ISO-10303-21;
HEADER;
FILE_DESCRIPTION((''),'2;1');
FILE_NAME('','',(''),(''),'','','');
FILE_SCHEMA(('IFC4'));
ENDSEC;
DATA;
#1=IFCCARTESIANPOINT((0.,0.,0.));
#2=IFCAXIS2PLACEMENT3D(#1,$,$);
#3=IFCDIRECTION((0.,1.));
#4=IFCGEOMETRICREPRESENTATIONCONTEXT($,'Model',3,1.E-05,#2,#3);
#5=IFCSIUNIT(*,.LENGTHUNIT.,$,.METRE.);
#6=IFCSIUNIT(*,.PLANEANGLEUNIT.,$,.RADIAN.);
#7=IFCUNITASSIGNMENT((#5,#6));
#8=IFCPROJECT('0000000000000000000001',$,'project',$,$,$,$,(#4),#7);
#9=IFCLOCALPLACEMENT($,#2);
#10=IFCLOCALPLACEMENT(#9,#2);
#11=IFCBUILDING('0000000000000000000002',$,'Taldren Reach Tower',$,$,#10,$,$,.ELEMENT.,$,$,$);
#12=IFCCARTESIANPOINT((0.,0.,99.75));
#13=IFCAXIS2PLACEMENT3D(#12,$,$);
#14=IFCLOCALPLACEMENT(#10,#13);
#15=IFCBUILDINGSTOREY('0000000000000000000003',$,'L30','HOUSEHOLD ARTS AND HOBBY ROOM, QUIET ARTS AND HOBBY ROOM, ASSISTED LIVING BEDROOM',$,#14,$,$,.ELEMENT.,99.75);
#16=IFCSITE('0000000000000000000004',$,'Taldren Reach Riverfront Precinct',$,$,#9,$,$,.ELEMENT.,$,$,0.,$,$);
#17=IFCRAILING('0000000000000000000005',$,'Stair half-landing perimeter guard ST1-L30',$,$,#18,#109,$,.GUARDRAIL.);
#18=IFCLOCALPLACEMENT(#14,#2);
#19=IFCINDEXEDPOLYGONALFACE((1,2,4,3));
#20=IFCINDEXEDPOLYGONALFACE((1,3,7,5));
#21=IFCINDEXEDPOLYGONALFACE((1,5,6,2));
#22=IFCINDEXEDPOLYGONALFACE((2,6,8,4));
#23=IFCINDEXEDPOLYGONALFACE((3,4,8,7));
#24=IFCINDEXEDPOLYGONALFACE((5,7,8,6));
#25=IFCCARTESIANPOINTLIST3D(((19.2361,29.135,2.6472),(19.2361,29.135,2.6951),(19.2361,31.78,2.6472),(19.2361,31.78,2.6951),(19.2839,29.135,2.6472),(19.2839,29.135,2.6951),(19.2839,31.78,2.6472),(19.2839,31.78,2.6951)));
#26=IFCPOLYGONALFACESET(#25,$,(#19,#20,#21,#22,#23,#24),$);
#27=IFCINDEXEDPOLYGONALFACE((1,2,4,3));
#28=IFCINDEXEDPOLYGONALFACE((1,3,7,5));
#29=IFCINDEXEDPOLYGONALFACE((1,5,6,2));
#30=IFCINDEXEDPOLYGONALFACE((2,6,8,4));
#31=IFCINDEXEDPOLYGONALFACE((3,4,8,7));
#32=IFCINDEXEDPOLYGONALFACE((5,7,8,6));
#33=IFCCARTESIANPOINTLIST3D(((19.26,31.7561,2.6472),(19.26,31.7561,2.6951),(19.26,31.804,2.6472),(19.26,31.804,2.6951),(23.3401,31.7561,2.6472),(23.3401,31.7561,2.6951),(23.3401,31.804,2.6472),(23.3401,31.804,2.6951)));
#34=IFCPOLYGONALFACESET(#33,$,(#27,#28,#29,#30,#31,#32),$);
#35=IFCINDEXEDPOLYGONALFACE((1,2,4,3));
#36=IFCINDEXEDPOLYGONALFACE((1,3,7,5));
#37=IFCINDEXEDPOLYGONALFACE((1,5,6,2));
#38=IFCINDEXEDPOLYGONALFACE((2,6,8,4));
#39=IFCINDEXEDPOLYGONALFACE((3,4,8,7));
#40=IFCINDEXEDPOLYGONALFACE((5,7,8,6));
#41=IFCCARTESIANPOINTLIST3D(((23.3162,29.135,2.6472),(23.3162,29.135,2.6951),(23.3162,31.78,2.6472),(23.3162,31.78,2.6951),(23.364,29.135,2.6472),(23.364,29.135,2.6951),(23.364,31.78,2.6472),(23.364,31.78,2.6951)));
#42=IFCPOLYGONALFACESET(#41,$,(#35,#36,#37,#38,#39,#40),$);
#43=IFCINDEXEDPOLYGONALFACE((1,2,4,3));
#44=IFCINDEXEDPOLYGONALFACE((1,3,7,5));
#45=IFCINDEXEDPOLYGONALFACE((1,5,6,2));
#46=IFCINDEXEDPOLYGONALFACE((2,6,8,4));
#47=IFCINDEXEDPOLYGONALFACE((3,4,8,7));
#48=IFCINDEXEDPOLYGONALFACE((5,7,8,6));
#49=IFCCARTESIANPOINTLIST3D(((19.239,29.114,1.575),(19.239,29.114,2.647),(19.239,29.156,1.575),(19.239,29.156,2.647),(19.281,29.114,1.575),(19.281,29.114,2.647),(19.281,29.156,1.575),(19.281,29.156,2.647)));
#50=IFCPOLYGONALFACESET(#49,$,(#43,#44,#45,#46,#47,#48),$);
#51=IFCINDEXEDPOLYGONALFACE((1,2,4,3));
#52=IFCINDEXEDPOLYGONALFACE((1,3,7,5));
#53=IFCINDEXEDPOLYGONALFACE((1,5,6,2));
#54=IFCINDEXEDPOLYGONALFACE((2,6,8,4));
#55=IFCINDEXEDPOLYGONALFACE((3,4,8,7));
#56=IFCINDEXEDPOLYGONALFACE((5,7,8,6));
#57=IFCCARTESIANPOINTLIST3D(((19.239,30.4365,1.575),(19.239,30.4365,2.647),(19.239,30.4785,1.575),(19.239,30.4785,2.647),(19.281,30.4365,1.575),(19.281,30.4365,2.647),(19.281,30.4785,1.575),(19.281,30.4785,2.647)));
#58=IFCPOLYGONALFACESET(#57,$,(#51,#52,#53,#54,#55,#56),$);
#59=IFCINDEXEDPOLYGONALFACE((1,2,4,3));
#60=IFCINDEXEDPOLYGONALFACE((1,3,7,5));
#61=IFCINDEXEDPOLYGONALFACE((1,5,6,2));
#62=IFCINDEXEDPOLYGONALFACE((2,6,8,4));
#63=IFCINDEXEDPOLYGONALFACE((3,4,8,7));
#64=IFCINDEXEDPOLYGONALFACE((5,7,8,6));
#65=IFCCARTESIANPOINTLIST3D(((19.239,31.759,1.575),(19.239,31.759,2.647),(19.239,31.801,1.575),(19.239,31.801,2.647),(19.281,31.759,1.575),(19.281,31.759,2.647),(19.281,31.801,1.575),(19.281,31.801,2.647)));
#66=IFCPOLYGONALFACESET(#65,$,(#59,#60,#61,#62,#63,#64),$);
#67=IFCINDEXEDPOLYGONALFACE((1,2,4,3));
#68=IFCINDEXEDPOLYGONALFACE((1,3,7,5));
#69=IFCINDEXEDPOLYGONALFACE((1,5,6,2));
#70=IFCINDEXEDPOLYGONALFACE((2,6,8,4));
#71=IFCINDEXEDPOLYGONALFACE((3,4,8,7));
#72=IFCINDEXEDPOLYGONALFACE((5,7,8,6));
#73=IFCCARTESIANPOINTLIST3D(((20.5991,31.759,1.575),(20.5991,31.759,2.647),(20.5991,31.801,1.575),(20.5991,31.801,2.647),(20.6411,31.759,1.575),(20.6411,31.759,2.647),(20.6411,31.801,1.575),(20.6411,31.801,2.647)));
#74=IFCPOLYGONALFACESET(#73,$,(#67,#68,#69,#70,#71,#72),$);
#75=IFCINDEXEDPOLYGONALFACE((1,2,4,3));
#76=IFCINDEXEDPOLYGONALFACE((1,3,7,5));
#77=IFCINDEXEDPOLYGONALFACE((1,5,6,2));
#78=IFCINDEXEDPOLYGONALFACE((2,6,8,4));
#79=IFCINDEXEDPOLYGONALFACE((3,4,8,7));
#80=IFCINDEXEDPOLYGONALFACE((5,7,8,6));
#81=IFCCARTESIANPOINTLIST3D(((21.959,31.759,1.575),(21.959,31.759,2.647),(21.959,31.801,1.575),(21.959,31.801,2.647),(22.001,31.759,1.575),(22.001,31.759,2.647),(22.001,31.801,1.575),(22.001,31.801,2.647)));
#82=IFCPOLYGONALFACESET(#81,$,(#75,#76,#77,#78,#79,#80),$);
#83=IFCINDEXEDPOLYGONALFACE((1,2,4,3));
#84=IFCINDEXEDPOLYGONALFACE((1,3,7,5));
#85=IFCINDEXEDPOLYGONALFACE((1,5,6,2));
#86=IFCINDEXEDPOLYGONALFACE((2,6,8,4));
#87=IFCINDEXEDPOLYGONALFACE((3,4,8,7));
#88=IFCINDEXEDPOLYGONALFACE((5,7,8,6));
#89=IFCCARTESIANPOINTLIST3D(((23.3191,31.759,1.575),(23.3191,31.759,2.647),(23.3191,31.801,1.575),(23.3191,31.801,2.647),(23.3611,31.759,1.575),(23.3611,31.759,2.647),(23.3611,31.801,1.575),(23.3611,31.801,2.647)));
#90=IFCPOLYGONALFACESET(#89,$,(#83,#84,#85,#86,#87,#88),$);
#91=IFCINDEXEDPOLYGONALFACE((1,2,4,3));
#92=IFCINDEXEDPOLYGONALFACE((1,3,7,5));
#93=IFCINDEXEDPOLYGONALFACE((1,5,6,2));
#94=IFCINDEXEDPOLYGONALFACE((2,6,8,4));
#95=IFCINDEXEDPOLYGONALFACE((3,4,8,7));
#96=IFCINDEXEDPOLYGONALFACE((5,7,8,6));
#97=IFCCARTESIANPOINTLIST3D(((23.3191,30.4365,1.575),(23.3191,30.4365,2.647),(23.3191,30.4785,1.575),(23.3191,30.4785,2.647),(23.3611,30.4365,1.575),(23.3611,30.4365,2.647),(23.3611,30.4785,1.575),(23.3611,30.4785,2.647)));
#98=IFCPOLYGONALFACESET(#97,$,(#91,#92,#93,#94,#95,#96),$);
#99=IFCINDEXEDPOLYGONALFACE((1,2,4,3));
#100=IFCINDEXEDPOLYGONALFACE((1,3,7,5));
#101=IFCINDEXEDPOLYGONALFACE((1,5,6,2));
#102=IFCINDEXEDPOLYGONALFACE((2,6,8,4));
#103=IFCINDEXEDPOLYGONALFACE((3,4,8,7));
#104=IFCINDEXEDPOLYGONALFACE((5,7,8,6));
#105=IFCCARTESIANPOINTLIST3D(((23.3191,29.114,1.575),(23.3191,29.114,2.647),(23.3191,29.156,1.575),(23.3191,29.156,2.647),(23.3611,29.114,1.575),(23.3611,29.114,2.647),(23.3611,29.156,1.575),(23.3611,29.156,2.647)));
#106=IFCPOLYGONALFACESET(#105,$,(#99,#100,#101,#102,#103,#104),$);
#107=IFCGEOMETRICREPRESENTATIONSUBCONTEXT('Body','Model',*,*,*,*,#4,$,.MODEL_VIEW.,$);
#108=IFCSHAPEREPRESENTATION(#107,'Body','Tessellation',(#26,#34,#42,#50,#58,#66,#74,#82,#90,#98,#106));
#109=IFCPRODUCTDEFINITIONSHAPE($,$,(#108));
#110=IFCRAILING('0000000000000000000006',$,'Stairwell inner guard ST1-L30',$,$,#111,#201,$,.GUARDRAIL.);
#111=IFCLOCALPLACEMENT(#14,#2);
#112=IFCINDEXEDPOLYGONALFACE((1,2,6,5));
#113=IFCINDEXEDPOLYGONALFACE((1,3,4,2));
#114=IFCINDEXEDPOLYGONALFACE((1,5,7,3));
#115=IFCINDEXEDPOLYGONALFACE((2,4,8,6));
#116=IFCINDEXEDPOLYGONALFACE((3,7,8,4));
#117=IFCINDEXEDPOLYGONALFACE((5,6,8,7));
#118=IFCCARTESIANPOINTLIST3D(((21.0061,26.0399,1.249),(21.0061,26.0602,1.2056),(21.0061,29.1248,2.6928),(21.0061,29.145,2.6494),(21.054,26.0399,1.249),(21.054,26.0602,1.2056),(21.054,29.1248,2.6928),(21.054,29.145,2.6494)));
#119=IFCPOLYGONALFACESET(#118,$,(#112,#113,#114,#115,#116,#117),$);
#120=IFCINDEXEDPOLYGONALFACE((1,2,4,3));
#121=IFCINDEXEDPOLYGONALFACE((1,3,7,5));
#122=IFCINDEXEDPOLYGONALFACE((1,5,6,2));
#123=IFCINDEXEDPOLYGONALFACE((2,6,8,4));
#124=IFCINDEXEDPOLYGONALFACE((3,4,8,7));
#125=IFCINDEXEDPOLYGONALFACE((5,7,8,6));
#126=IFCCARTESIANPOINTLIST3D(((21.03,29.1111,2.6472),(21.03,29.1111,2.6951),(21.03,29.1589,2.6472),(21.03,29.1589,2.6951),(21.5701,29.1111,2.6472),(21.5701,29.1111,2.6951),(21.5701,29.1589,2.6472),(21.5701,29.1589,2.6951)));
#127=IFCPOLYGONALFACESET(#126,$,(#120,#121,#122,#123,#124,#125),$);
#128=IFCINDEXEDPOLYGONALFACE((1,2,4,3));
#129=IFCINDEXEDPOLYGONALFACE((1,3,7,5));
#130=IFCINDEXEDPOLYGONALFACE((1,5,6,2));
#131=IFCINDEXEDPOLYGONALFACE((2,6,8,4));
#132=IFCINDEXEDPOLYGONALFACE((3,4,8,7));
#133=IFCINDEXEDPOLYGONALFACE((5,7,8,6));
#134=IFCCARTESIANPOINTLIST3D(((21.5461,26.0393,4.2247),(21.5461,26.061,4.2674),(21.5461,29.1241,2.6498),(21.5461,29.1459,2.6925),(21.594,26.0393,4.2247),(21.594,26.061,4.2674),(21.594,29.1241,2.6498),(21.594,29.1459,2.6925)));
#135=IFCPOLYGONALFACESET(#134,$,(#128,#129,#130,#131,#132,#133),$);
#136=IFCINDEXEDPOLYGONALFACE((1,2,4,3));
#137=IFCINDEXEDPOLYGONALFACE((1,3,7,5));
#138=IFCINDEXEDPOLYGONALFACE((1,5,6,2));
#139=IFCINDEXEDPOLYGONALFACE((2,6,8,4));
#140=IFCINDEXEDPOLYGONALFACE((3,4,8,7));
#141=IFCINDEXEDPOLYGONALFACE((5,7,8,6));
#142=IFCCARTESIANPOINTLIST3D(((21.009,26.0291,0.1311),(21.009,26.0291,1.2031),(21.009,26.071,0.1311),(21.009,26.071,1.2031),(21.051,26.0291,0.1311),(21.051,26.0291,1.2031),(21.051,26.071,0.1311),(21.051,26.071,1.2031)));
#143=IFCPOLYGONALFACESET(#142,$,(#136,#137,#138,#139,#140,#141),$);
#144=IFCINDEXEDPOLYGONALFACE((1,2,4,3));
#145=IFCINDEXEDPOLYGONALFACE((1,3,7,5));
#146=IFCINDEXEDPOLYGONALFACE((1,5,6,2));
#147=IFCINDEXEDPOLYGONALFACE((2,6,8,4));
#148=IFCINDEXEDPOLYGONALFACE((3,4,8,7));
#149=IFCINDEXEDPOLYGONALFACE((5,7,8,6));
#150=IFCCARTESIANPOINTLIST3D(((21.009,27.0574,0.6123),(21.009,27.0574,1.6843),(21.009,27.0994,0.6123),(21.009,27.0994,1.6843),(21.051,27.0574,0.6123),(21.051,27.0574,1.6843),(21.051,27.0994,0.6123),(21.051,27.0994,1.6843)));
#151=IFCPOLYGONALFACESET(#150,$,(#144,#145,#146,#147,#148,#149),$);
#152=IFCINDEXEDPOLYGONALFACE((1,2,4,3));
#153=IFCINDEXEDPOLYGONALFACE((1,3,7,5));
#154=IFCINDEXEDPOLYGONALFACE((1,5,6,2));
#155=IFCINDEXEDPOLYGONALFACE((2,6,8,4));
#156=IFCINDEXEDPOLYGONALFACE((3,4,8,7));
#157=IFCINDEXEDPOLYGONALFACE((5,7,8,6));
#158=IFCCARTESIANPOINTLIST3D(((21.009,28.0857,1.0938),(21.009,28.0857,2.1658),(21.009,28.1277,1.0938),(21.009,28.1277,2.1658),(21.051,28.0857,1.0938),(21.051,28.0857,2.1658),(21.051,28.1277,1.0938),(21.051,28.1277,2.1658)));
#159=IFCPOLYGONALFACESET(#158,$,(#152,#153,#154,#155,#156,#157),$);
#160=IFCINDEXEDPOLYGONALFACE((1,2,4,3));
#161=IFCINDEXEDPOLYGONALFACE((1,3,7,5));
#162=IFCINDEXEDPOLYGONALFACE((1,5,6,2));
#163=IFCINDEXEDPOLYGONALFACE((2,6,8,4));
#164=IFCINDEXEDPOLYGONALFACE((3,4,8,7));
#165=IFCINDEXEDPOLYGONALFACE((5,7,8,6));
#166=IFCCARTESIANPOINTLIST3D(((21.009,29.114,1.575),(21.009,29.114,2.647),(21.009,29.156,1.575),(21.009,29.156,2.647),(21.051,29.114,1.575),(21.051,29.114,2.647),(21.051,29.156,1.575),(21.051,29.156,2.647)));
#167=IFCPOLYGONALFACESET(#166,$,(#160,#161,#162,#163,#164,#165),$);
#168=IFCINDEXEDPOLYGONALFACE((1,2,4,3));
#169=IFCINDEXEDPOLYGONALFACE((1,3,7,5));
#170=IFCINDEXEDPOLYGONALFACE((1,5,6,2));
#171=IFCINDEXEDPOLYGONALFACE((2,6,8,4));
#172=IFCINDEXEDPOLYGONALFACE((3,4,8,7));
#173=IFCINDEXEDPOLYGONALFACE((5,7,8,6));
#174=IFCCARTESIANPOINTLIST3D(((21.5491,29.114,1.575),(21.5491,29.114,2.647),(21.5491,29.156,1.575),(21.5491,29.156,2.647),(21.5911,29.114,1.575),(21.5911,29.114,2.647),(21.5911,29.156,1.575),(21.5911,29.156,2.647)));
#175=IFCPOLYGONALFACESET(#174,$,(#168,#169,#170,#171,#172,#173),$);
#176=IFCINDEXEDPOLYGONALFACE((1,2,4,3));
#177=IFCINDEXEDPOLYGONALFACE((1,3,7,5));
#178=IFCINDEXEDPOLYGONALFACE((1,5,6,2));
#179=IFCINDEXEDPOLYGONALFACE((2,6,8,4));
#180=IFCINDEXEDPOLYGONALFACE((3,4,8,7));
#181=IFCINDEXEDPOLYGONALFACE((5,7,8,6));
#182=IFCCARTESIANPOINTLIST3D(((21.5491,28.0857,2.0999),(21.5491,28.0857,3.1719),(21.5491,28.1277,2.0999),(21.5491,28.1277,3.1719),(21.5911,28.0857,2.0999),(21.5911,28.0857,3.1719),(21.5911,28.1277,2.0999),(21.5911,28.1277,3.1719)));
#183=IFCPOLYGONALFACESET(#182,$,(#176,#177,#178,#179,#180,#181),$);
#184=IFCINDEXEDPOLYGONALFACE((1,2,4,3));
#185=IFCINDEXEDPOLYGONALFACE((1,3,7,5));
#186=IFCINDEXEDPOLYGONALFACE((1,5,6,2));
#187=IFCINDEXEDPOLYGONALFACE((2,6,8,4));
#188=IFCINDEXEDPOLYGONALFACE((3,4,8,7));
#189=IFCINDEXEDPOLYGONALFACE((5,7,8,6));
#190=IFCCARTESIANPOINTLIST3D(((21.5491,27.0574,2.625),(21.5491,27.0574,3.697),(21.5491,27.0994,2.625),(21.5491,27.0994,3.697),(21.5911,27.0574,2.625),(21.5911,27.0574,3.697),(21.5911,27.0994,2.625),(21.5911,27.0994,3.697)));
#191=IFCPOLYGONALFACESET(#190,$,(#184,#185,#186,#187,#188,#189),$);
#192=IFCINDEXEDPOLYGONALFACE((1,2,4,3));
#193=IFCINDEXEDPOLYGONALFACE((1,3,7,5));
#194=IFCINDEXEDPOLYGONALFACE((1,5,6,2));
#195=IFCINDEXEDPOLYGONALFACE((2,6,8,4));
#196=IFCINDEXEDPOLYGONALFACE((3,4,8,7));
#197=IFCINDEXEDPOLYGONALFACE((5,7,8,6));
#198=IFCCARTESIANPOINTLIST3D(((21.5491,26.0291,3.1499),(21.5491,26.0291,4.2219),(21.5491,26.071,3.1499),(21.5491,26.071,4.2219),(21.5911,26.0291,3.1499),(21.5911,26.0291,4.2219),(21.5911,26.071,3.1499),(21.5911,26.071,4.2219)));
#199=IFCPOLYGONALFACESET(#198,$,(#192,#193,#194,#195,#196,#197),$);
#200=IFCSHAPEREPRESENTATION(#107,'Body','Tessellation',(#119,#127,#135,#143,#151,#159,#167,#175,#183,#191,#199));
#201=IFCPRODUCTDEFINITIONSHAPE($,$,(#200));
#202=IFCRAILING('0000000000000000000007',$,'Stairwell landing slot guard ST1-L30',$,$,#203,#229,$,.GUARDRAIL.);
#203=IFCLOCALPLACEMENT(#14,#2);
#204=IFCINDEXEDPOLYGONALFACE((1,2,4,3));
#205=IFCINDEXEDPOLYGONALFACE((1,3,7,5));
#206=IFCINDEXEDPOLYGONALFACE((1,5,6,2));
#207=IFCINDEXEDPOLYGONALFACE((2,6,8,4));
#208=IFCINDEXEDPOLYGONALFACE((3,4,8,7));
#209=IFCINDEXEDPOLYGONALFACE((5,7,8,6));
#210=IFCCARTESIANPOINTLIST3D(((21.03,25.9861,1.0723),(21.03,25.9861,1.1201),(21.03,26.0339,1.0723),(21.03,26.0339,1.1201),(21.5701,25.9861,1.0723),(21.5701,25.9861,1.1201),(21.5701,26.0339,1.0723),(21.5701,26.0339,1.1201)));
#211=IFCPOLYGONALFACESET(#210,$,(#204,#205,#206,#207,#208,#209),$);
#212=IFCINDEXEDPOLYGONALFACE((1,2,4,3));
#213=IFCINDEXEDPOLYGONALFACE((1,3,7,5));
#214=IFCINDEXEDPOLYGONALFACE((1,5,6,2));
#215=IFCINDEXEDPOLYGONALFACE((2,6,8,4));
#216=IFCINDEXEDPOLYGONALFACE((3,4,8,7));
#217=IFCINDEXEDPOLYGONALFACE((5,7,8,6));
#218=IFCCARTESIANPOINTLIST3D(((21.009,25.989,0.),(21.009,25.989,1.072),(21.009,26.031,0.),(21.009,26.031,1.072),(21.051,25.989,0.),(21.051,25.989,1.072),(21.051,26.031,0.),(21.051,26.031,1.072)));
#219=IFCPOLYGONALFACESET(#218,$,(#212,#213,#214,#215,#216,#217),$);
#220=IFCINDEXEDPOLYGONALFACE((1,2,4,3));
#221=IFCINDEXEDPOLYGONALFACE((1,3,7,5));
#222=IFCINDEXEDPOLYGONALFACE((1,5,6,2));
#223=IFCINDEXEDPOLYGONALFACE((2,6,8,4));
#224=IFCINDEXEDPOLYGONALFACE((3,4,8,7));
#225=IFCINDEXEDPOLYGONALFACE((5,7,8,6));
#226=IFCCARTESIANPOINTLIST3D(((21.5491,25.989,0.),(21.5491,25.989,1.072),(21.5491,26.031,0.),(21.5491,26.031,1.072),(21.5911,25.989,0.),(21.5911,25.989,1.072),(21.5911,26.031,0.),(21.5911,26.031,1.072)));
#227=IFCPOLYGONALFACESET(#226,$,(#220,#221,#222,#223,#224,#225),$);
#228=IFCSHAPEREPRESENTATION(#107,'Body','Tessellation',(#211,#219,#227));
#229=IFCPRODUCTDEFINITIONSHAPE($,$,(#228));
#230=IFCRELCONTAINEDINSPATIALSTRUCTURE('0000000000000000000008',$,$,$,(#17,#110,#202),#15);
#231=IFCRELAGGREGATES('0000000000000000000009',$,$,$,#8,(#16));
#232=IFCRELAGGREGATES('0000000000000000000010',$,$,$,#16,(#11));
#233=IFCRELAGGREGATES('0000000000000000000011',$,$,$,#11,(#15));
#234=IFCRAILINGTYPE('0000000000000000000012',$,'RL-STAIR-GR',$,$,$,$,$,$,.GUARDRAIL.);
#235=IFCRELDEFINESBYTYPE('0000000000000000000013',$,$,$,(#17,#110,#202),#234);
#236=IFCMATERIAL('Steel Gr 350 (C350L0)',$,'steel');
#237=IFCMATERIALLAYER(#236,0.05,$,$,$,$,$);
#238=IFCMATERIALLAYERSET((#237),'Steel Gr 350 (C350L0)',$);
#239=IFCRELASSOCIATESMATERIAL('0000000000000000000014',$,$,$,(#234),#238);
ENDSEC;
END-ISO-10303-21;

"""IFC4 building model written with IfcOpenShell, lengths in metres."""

from ifc_helpers import new_model, si_unit, direction, frame, origin, origin_2d, place, context, subcontext, project, spatial, rectangle, extrude, material, layer, layer_set, type_object, element, save


model = new_model("IFC4")

# Units and contexts
model_context = context("Model", 3, precision=1e-05, world=origin(), true_north=direction((0.0, 1.0)))
body_context = subcontext(model_context, "Body", "Model", "MODEL_VIEW")
ifc_project = project(units=[si_unit("LENGTHUNIT", "METRE"), si_unit("PLANEANGLEUNIT", "RADIAN")], contexts=[model_context])

# Site, building, storey
site_placement = place(None, origin())
site = spatial("IfcSite", under=ifc_project, at=site_placement, Name="Taldren Reach Riverfront Precinct", CompositionType="ELEMENT", RefElevation=0.0)
building_placement = place(site_placement, origin())
building = spatial("IfcBuilding", under=site, at=building_placement, Name="Taldren Reach Tower", CompositionType="ELEMENT")
storey_placement = place(building_placement, frame((0.0, 0.0, 99.75)))
storey = spatial("IfcBuildingStorey", under=building, at=storey_placement, Name="L30", Description="HOUSEHOLD ARTS AND HOBBY ROOM, QUIET ARTS AND HOBBY ROOM, ASSISTED LIVING BEDROOM", CompositionType="ELEMENT", Elevation=99.75)

# Shared definitions
ifc_material_1 = material(Name="Steel Gr 350 (C350L0)", Category="steel")

# Railings
ifc_layer_1 = layer(ifc_material_1, 0.05)
ifc_layer_set_1 = layer_set([ifc_layer_1], Name="Steel Gr 350 (C350L0)")
railing_type_1 = type_object("IfcRailingType", Name="RL-STAIR-GR", PredefinedType="GUARDRAIL", material=ifc_layer_set_1)
railing_1_placement = place(storey_placement, frame((19.26, 29.135, 1.575)))
element("IfcRailing", 1, at=railing_1_placement, inside=storey, type_object=railing_type_1, Name="Stair half-landing perimeter guard ST1-L30", PredefinedType="GUARDRAIL", context=body_context, shape_type="SweptSolid", body=[
    extrude(rectangle(XDim=0.0479, YDim=0.0479, at=origin_2d()), frame((0.0, 0.0, 1.0962), z_axis=(0.0, 1.0, 0.0), x_axis=(-1.0, 0.0, 0.0)), (0.0, 0.0, 1.0), 2.645),
    extrude(rectangle(XDim=0.0479, YDim=0.0479, at=origin_2d()), frame((0.0, 2.645, 1.0962), z_axis=(1.0, 0.0, 0.0), x_axis=(0.0, 1.0, 0.0)), (0.0, 0.0, 1.0), 4.0801),
    extrude(rectangle(XDim=0.0479, YDim=0.0479, at=origin_2d()), frame((4.0801, 2.645, 1.0962), z_axis=(0.0, -1.0, 0.0), x_axis=(1.0, 0.0, 0.0)), (0.0, 0.0, 1.0), 2.645),
    extrude(rectangle(XDim=0.042, YDim=0.042, at=origin_2d()), origin(), (0.0, 0.0, 1.0), 1.072),
    extrude(rectangle(XDim=0.042, YDim=0.042, at=origin_2d()), frame((0.0, 1.3225, 0.0)), (0.0, 0.0, 1.0), 1.072),
    extrude(rectangle(XDim=0.042, YDim=0.042, at=origin_2d()), frame((0.0, 2.645, 0.0)), (0.0, 0.0, 1.0), 1.072),
    extrude(rectangle(XDim=0.042, YDim=0.042, at=origin_2d()), frame((1.3601, 2.645, 0.0)), (0.0, 0.0, 1.0), 1.072),
    extrude(rectangle(XDim=0.042, YDim=0.042, at=origin_2d()), frame((2.72, 2.645, 0.0)), (0.0, 0.0, 1.0), 1.072),
    extrude(rectangle(XDim=0.042, YDim=0.042, at=origin_2d()), frame((4.0801, 2.645, 0.0)), (0.0, 0.0, 1.0), 1.072),
    extrude(rectangle(XDim=0.042, YDim=0.042, at=origin_2d()), frame((4.0801, 1.3225, 0.0)), (0.0, 0.0, 1.0), 1.072),
    extrude(rectangle(XDim=0.042, YDim=0.042, at=origin_2d()), frame((4.0801, 0.0, 0.0)), (0.0, 0.0, 1.0), 1.072),
])
railing_2_placement = place(storey_placement, frame((21.03, 26.05, 0.1311)))
element("IfcRailing", 2, at=railing_2_placement, inside=storey, type_object=railing_type_1, Name="Stairwell inner guard ST1-L30", PredefinedType="GUARDRAIL", context=body_context, shape_type="SweptSolid", body=[
    extrude(rectangle(XDim=0.0479, YDim=0.0479, at=origin_2d()), frame((0.0, 0.0, 1.0962), z_axis=(0.0, 0.90571, 0.423898), x_axis=(-1.0, 0.0, 0.0)), (0.0, 0.0, 1.0), 3.406),
    extrude(rectangle(XDim=0.0479, YDim=0.0479, at=origin_2d()), frame((0.0, 3.085, 2.54), z_axis=(1.0, 0.0, 0.0), x_axis=(0.0, 1.0, 0.0)), (0.0, 0.0, 1.0), 0.54),
    extrude(rectangle(XDim=0.0479, YDim=0.0479, at=origin_2d()), frame((0.54, 3.085, 2.54), z_axis=(0.0, -0.890646, 0.454697), x_axis=(1.0, 0.0, 0.0)), (0.0, 0.0, 1.0), 3.4636),
    extrude(rectangle(XDim=0.042, YDim=0.042, at=origin_2d()), origin(), (0.0, 0.0, 1.0), 1.072),
    extrude(rectangle(XDim=0.042, YDim=0.042, at=origin_2d()), frame((0.0, 1.0283, 0.4812)), (0.0, 0.0, 1.0), 1.072),
    extrude(rectangle(XDim=0.042, YDim=0.042, at=origin_2d()), frame((0.0, 2.0566, 0.9626)), (0.0, 0.0, 1.0), 1.072),
    extrude(rectangle(XDim=0.042, YDim=0.042, at=origin_2d()), frame((0.0, 3.085, 1.4438)), (0.0, 0.0, 1.0), 1.072),
    extrude(rectangle(XDim=0.042, YDim=0.042, at=origin_2d()), frame((0.54, 3.085, 1.4438)), (0.0, 0.0, 1.0), 1.072),
    extrude(rectangle(XDim=0.042, YDim=0.042, at=origin_2d()), frame((0.54, 2.0566, 1.9688)), (0.0, 0.0, 1.0), 1.072),
    extrude(rectangle(XDim=0.042, YDim=0.042, at=origin_2d()), frame((0.54, 1.0283, 2.4939)), (0.0, 0.0, 1.0), 1.072),
    extrude(rectangle(XDim=0.042, YDim=0.042, at=origin_2d()), frame((0.54, 0.0, 3.0188)), (0.0, 0.0, 1.0), 1.072),
])
railing_3_placement = place(storey_placement, frame((21.03, 26.01, 0.0)))
element("IfcRailing", 3, at=railing_3_placement, inside=storey, type_object=railing_type_1, Name="Stairwell landing slot guard ST1-L30", PredefinedType="GUARDRAIL", context=body_context, shape_type="SweptSolid", body=[
    extrude(rectangle(XDim=0.0479, YDim=0.0479, at=origin_2d()), frame((0.0, 0.0, 1.0962), z_axis=(1.0, 0.0, 0.0), x_axis=(0.0, 1.0, 0.0)), (0.0, 0.0, 1.0), 0.54),
    extrude(rectangle(XDim=0.042, YDim=0.042, at=origin_2d()), origin(), (0.0, 0.0, 1.0), 1.072),
    extrude(rectangle(XDim=0.042, YDim=0.042, at=origin_2d()), frame((0.54, 0.0, 0.0)), (0.0, 0.0, 1.0), 1.072),
])

save(model, "model.ifc")
